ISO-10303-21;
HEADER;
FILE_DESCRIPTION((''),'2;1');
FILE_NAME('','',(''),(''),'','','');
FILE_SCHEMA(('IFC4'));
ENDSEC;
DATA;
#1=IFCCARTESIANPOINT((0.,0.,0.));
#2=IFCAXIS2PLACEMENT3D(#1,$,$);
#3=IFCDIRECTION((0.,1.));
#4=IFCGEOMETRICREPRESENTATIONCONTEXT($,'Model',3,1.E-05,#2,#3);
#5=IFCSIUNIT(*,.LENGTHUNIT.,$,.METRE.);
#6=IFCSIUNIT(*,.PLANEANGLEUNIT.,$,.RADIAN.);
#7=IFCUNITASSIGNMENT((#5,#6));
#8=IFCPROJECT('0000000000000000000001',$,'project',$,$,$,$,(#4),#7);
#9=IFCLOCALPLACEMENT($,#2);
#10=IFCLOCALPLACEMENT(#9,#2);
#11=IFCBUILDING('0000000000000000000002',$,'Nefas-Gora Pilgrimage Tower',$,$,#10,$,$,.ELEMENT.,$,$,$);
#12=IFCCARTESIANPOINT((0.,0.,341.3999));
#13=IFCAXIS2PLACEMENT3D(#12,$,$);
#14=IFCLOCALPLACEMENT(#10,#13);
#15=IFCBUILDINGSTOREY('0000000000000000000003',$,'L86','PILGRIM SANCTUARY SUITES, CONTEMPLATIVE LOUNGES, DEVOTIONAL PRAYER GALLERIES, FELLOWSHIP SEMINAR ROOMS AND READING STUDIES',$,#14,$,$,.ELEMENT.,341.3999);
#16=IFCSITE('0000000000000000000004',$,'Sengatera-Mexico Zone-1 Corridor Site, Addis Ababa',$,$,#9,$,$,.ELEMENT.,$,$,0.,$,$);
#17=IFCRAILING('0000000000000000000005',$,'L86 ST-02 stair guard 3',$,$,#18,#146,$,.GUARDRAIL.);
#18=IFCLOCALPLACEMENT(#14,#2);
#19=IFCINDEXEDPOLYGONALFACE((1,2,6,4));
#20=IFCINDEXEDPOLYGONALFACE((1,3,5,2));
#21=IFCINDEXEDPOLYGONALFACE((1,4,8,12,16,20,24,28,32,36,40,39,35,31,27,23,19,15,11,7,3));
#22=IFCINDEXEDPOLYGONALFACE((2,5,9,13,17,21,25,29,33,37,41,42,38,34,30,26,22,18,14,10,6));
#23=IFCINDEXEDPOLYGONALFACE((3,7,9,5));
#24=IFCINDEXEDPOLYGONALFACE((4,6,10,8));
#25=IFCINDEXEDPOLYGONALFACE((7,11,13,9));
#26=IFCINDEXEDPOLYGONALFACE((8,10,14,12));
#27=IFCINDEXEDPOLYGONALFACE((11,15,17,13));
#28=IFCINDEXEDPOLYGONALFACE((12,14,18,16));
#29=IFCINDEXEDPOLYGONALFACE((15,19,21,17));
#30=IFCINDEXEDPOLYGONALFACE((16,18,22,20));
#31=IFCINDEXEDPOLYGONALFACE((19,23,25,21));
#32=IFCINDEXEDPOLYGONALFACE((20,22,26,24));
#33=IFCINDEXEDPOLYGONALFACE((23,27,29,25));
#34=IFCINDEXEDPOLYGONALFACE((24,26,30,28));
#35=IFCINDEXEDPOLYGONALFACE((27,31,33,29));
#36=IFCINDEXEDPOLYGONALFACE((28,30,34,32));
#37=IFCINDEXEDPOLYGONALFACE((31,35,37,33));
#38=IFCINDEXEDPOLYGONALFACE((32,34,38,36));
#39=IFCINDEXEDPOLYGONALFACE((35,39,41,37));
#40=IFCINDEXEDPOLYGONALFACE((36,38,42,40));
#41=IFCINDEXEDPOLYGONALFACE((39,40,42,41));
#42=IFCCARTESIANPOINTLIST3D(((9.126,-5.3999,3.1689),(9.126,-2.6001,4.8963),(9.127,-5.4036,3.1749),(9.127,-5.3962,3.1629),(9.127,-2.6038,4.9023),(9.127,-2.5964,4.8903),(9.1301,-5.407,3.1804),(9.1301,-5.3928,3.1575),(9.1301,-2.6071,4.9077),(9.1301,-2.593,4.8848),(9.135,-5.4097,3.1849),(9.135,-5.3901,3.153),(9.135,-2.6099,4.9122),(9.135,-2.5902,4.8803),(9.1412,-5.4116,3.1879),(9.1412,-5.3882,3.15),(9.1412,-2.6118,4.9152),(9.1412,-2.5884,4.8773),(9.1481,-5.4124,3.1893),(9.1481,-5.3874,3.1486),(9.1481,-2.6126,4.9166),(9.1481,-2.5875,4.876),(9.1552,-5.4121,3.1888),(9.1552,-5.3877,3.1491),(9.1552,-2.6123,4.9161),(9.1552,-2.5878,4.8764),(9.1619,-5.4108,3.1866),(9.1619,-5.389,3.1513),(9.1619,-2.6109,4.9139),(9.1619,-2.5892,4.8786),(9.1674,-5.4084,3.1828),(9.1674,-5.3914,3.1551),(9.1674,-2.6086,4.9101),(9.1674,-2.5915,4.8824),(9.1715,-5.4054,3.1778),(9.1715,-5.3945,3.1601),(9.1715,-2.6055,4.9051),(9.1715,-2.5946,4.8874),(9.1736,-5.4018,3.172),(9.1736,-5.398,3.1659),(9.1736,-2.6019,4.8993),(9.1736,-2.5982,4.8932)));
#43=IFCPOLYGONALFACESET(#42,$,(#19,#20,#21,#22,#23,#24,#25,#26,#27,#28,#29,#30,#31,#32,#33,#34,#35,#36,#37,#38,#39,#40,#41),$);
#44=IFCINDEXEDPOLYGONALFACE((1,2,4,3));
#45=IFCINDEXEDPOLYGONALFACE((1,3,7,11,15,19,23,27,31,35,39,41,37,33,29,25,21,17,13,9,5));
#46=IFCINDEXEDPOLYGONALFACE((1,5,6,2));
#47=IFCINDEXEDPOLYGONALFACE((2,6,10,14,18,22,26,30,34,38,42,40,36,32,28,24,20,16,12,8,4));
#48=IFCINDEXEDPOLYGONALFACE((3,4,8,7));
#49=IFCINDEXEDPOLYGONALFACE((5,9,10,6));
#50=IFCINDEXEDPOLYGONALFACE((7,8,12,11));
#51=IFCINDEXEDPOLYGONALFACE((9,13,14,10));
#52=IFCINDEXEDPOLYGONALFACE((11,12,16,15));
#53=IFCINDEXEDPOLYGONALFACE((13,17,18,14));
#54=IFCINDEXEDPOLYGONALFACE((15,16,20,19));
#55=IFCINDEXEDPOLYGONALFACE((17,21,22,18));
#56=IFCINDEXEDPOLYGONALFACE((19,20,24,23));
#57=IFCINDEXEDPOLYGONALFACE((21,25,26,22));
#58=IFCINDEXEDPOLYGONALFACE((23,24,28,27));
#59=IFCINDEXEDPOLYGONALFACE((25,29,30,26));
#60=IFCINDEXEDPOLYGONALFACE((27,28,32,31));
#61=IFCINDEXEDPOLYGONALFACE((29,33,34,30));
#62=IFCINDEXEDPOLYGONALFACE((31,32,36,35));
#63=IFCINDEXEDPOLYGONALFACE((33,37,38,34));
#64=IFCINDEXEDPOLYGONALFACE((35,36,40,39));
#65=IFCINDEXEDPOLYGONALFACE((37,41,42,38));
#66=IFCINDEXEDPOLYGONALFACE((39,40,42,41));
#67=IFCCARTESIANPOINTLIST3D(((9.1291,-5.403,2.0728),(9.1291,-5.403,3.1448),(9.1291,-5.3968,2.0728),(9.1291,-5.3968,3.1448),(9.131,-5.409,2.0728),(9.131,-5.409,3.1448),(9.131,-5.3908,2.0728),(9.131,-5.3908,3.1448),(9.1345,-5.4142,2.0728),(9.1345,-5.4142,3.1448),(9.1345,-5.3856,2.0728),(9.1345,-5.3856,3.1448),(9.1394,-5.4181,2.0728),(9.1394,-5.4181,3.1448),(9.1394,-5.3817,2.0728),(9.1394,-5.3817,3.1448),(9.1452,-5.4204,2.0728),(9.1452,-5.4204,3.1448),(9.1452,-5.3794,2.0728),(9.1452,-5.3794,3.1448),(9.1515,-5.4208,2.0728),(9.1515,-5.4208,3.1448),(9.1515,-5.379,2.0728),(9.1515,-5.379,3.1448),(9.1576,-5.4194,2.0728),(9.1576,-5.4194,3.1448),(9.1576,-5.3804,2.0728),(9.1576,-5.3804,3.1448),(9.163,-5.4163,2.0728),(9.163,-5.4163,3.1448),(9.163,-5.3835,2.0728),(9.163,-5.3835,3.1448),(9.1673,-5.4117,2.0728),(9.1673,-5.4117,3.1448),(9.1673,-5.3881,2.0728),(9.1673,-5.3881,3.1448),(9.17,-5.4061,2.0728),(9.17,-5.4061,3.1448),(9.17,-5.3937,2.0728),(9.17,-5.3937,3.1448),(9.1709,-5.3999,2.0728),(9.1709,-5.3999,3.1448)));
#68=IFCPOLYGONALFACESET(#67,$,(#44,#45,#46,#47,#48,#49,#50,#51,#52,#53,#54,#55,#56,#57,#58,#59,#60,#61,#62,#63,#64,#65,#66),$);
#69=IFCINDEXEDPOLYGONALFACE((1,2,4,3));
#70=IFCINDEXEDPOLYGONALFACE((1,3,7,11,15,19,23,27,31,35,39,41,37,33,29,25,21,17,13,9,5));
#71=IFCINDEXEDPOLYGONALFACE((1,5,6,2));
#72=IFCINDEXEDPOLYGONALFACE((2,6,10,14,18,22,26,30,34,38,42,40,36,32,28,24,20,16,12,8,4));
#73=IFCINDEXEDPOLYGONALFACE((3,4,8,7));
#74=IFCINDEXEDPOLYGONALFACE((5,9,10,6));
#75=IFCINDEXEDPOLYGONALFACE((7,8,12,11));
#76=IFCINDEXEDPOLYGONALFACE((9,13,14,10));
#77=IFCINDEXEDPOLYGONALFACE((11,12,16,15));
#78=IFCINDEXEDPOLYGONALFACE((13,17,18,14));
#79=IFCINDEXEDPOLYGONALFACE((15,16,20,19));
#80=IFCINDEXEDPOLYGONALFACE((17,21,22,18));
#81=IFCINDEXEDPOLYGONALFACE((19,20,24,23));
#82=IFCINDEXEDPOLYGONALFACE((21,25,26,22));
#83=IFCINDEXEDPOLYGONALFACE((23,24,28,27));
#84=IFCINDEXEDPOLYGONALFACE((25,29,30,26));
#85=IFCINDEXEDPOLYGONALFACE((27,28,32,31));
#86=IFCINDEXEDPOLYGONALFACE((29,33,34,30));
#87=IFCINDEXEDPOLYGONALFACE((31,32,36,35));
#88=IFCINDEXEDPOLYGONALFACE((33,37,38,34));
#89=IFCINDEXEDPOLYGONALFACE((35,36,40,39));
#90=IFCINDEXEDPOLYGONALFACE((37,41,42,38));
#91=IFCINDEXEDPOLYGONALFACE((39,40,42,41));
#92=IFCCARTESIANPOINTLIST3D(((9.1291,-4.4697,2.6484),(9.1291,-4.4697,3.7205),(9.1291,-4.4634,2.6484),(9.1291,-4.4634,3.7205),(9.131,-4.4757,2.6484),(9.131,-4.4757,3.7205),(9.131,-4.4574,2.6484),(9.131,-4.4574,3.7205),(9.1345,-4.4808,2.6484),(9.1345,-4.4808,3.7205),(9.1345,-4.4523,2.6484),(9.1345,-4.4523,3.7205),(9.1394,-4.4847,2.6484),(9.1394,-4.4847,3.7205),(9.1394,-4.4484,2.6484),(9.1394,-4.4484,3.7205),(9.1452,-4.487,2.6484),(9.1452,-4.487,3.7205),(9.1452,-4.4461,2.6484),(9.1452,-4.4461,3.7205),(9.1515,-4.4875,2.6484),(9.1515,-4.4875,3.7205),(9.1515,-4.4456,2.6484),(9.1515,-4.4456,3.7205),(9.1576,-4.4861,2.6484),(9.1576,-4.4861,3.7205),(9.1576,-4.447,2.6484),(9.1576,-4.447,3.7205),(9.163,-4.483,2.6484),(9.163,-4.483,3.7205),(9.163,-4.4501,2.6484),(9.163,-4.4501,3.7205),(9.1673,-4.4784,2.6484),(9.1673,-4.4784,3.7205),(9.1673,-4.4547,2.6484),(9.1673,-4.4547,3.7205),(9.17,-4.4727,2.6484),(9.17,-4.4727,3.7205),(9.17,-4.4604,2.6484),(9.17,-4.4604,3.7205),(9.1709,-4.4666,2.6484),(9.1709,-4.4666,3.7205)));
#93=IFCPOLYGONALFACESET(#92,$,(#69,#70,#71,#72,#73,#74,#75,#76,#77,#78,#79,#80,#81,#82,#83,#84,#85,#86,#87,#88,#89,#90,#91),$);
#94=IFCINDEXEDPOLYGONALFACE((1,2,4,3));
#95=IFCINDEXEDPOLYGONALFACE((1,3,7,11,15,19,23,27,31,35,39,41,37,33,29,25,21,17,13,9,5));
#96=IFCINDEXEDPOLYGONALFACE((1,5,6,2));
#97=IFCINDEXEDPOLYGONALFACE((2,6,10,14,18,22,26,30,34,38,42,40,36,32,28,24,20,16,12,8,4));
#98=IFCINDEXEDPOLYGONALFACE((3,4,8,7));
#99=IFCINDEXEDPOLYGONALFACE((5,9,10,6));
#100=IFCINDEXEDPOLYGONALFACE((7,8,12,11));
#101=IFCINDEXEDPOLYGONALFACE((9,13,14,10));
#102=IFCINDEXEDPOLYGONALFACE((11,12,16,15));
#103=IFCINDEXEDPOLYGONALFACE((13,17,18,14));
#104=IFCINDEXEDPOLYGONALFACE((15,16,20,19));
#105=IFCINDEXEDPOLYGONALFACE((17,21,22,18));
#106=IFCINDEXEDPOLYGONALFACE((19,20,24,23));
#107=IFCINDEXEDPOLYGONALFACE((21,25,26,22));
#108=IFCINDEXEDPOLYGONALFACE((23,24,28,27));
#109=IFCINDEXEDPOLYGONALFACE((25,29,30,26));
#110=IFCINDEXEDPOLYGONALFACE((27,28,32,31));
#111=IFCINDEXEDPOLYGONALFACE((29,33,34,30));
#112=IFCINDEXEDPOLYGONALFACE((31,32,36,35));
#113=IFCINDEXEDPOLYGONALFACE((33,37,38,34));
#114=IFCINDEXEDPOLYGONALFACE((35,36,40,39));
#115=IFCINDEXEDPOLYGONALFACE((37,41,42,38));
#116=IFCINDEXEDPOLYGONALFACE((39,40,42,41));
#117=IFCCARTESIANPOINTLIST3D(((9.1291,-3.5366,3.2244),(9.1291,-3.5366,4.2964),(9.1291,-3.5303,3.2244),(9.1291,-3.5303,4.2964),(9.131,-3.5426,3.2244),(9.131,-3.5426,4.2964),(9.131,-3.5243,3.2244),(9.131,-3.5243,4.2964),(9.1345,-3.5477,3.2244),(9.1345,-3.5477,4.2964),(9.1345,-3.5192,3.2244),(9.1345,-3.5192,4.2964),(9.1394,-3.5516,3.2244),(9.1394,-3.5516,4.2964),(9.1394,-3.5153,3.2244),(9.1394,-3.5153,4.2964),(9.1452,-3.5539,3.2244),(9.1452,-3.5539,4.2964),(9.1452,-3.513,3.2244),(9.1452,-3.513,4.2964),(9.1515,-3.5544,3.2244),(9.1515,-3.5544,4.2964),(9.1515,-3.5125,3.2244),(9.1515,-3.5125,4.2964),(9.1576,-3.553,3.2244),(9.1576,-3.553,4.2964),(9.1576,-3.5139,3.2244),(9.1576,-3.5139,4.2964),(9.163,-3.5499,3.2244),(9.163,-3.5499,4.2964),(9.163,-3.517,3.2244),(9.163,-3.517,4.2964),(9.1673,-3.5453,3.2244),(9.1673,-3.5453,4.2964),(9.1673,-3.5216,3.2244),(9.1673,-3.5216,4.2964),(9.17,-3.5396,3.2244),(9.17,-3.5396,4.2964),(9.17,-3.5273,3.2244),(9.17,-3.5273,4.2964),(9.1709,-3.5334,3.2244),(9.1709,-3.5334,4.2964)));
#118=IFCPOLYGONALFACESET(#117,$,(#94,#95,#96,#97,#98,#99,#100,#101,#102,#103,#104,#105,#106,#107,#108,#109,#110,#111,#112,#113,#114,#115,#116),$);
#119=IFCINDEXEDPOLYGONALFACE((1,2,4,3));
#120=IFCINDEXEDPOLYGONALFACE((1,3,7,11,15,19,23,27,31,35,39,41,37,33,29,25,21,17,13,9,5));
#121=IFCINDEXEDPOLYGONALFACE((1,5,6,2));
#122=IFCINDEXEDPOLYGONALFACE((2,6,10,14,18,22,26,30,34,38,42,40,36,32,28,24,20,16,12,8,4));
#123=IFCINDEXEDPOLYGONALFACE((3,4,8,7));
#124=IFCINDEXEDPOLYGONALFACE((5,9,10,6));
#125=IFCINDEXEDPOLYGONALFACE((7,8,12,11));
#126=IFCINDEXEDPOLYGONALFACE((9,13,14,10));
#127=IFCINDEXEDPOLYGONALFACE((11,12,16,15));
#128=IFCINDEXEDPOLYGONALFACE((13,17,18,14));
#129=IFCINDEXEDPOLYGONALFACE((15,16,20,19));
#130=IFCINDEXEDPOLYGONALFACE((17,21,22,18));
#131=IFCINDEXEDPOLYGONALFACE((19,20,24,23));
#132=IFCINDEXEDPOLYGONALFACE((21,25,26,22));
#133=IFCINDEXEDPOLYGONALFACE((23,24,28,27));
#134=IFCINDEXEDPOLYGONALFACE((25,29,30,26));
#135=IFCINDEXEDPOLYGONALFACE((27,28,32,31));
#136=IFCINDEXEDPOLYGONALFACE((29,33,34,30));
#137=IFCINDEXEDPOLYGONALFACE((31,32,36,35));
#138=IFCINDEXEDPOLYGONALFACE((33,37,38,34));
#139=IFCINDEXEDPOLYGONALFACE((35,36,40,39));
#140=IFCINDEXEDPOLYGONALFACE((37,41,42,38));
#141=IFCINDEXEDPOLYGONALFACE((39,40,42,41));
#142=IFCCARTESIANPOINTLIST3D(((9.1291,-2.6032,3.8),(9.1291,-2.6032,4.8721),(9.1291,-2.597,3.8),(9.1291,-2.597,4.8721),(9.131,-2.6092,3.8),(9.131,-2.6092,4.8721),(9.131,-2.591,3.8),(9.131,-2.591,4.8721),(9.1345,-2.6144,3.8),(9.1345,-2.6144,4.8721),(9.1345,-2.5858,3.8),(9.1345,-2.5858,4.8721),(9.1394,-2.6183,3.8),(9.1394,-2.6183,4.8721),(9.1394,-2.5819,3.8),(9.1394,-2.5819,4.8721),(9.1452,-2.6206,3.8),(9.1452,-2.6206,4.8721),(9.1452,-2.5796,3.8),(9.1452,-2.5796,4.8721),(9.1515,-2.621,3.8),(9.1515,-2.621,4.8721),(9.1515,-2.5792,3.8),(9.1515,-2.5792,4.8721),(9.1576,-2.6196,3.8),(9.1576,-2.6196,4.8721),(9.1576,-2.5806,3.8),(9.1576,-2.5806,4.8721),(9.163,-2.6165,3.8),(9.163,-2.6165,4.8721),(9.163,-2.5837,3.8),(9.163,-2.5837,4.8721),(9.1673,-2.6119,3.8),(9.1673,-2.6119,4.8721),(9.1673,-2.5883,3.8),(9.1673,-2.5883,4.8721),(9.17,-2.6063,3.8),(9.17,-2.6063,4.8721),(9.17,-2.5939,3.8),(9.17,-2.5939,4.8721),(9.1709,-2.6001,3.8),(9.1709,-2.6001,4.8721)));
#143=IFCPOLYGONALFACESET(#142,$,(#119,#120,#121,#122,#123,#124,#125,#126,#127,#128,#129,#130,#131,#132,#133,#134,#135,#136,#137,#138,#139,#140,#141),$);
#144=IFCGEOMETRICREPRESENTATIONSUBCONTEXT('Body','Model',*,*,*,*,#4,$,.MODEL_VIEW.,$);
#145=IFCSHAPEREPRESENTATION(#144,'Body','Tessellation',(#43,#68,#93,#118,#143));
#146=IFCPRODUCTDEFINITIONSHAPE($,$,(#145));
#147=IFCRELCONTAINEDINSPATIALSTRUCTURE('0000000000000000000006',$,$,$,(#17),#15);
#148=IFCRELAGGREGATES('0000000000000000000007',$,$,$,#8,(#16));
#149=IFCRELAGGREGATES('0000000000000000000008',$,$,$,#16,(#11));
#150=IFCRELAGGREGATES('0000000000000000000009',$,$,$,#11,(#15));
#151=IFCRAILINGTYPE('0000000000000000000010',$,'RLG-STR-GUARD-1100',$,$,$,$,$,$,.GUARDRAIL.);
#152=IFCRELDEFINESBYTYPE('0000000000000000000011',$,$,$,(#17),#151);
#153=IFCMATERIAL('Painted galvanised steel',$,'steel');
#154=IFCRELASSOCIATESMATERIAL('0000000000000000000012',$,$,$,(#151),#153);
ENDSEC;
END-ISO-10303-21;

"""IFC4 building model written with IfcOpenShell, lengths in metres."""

from ifc_helpers import new_model, si_unit, direction, frame, origin, origin_2d, place, context, subcontext, project, spatial, circle, extrude, material, type_object, element, save


model = new_model("IFC4")

# Units and contexts
model_context = context("Model", 3, precision=1e-05, world=origin(), true_north=direction((0.0, 1.0)))
body_context = subcontext(model_context, "Body", "Model", "MODEL_VIEW")
ifc_project = project(units=[si_unit("LENGTHUNIT", "METRE"), si_unit("PLANEANGLEUNIT", "RADIAN")], contexts=[model_context])

# Site, building, storey
site_placement = place(None, origin())
site = spatial("IfcSite", under=ifc_project, at=site_placement, Name="Sengatera-Mexico Zone-1 Corridor Site, Addis Ababa", CompositionType="ELEMENT", RefElevation=0.0)
building_placement = place(site_placement, origin())
building = spatial("IfcBuilding", under=site, at=building_placement, Name="Nefas-Gora Pilgrimage Tower", CompositionType="ELEMENT")
storey_placement = place(building_placement, frame((0.0, 0.0, 341.3999)))
storey = spatial("IfcBuildingStorey", under=building, at=storey_placement, Name="L86", Description="PILGRIM SANCTUARY SUITES, CONTEMPLATIVE LOUNGES, DEVOTIONAL PRAYER GALLERIES, FELLOWSHIP SEMINAR ROOMS AND READING STUDIES", CompositionType="ELEMENT", Elevation=341.3999)

# Railing
ifc_material_1 = material(Name="Painted galvanised steel", Category="steel")
railing_type_1 = type_object("IfcRailingType", Name="RLG-STR-GUARD-1100", PredefinedType="GUARDRAIL", material=ifc_material_1)
railing_1_placement = place(storey_placement, frame((9.1499, -5.3999, 2.0728)))
element("IfcRailing", 1, at=railing_1_placement, inside=storey, type_object=railing_type_1, Name="L86 ST-02 stair guard 3", PredefinedType="GUARDRAIL", context=body_context, shape_type="SweptSolid", body=[
    extrude(circle(Radius=0.0239, at=origin_2d()), frame((0.0, 0.0, 1.0962), z_axis=(0.0, 0.851069, 0.525054), x_axis=(-1.0, 0.0, 0.0)), (0.0, 0.0, 1.0), 3.2898),
    extrude(circle(Radius=0.021, at=origin_2d()), origin(), (0.0, 0.0, 1.0), 1.072),
    extrude(circle(Radius=0.021, at=origin_2d()), frame((0.0, 0.9333, 0.5757)), (0.0, 0.0, 1.0), 1.072),
    extrude(circle(Radius=0.021, at=origin_2d()), frame((0.0, 1.8665, 1.1516)), (0.0, 0.0, 1.0), 1.072),
    extrude(circle(Radius=0.021, at=origin_2d()), frame((0.0, 2.7998, 1.7273)), (0.0, 0.0, 1.0), 1.072),
])

save(model, "model.ifc")
